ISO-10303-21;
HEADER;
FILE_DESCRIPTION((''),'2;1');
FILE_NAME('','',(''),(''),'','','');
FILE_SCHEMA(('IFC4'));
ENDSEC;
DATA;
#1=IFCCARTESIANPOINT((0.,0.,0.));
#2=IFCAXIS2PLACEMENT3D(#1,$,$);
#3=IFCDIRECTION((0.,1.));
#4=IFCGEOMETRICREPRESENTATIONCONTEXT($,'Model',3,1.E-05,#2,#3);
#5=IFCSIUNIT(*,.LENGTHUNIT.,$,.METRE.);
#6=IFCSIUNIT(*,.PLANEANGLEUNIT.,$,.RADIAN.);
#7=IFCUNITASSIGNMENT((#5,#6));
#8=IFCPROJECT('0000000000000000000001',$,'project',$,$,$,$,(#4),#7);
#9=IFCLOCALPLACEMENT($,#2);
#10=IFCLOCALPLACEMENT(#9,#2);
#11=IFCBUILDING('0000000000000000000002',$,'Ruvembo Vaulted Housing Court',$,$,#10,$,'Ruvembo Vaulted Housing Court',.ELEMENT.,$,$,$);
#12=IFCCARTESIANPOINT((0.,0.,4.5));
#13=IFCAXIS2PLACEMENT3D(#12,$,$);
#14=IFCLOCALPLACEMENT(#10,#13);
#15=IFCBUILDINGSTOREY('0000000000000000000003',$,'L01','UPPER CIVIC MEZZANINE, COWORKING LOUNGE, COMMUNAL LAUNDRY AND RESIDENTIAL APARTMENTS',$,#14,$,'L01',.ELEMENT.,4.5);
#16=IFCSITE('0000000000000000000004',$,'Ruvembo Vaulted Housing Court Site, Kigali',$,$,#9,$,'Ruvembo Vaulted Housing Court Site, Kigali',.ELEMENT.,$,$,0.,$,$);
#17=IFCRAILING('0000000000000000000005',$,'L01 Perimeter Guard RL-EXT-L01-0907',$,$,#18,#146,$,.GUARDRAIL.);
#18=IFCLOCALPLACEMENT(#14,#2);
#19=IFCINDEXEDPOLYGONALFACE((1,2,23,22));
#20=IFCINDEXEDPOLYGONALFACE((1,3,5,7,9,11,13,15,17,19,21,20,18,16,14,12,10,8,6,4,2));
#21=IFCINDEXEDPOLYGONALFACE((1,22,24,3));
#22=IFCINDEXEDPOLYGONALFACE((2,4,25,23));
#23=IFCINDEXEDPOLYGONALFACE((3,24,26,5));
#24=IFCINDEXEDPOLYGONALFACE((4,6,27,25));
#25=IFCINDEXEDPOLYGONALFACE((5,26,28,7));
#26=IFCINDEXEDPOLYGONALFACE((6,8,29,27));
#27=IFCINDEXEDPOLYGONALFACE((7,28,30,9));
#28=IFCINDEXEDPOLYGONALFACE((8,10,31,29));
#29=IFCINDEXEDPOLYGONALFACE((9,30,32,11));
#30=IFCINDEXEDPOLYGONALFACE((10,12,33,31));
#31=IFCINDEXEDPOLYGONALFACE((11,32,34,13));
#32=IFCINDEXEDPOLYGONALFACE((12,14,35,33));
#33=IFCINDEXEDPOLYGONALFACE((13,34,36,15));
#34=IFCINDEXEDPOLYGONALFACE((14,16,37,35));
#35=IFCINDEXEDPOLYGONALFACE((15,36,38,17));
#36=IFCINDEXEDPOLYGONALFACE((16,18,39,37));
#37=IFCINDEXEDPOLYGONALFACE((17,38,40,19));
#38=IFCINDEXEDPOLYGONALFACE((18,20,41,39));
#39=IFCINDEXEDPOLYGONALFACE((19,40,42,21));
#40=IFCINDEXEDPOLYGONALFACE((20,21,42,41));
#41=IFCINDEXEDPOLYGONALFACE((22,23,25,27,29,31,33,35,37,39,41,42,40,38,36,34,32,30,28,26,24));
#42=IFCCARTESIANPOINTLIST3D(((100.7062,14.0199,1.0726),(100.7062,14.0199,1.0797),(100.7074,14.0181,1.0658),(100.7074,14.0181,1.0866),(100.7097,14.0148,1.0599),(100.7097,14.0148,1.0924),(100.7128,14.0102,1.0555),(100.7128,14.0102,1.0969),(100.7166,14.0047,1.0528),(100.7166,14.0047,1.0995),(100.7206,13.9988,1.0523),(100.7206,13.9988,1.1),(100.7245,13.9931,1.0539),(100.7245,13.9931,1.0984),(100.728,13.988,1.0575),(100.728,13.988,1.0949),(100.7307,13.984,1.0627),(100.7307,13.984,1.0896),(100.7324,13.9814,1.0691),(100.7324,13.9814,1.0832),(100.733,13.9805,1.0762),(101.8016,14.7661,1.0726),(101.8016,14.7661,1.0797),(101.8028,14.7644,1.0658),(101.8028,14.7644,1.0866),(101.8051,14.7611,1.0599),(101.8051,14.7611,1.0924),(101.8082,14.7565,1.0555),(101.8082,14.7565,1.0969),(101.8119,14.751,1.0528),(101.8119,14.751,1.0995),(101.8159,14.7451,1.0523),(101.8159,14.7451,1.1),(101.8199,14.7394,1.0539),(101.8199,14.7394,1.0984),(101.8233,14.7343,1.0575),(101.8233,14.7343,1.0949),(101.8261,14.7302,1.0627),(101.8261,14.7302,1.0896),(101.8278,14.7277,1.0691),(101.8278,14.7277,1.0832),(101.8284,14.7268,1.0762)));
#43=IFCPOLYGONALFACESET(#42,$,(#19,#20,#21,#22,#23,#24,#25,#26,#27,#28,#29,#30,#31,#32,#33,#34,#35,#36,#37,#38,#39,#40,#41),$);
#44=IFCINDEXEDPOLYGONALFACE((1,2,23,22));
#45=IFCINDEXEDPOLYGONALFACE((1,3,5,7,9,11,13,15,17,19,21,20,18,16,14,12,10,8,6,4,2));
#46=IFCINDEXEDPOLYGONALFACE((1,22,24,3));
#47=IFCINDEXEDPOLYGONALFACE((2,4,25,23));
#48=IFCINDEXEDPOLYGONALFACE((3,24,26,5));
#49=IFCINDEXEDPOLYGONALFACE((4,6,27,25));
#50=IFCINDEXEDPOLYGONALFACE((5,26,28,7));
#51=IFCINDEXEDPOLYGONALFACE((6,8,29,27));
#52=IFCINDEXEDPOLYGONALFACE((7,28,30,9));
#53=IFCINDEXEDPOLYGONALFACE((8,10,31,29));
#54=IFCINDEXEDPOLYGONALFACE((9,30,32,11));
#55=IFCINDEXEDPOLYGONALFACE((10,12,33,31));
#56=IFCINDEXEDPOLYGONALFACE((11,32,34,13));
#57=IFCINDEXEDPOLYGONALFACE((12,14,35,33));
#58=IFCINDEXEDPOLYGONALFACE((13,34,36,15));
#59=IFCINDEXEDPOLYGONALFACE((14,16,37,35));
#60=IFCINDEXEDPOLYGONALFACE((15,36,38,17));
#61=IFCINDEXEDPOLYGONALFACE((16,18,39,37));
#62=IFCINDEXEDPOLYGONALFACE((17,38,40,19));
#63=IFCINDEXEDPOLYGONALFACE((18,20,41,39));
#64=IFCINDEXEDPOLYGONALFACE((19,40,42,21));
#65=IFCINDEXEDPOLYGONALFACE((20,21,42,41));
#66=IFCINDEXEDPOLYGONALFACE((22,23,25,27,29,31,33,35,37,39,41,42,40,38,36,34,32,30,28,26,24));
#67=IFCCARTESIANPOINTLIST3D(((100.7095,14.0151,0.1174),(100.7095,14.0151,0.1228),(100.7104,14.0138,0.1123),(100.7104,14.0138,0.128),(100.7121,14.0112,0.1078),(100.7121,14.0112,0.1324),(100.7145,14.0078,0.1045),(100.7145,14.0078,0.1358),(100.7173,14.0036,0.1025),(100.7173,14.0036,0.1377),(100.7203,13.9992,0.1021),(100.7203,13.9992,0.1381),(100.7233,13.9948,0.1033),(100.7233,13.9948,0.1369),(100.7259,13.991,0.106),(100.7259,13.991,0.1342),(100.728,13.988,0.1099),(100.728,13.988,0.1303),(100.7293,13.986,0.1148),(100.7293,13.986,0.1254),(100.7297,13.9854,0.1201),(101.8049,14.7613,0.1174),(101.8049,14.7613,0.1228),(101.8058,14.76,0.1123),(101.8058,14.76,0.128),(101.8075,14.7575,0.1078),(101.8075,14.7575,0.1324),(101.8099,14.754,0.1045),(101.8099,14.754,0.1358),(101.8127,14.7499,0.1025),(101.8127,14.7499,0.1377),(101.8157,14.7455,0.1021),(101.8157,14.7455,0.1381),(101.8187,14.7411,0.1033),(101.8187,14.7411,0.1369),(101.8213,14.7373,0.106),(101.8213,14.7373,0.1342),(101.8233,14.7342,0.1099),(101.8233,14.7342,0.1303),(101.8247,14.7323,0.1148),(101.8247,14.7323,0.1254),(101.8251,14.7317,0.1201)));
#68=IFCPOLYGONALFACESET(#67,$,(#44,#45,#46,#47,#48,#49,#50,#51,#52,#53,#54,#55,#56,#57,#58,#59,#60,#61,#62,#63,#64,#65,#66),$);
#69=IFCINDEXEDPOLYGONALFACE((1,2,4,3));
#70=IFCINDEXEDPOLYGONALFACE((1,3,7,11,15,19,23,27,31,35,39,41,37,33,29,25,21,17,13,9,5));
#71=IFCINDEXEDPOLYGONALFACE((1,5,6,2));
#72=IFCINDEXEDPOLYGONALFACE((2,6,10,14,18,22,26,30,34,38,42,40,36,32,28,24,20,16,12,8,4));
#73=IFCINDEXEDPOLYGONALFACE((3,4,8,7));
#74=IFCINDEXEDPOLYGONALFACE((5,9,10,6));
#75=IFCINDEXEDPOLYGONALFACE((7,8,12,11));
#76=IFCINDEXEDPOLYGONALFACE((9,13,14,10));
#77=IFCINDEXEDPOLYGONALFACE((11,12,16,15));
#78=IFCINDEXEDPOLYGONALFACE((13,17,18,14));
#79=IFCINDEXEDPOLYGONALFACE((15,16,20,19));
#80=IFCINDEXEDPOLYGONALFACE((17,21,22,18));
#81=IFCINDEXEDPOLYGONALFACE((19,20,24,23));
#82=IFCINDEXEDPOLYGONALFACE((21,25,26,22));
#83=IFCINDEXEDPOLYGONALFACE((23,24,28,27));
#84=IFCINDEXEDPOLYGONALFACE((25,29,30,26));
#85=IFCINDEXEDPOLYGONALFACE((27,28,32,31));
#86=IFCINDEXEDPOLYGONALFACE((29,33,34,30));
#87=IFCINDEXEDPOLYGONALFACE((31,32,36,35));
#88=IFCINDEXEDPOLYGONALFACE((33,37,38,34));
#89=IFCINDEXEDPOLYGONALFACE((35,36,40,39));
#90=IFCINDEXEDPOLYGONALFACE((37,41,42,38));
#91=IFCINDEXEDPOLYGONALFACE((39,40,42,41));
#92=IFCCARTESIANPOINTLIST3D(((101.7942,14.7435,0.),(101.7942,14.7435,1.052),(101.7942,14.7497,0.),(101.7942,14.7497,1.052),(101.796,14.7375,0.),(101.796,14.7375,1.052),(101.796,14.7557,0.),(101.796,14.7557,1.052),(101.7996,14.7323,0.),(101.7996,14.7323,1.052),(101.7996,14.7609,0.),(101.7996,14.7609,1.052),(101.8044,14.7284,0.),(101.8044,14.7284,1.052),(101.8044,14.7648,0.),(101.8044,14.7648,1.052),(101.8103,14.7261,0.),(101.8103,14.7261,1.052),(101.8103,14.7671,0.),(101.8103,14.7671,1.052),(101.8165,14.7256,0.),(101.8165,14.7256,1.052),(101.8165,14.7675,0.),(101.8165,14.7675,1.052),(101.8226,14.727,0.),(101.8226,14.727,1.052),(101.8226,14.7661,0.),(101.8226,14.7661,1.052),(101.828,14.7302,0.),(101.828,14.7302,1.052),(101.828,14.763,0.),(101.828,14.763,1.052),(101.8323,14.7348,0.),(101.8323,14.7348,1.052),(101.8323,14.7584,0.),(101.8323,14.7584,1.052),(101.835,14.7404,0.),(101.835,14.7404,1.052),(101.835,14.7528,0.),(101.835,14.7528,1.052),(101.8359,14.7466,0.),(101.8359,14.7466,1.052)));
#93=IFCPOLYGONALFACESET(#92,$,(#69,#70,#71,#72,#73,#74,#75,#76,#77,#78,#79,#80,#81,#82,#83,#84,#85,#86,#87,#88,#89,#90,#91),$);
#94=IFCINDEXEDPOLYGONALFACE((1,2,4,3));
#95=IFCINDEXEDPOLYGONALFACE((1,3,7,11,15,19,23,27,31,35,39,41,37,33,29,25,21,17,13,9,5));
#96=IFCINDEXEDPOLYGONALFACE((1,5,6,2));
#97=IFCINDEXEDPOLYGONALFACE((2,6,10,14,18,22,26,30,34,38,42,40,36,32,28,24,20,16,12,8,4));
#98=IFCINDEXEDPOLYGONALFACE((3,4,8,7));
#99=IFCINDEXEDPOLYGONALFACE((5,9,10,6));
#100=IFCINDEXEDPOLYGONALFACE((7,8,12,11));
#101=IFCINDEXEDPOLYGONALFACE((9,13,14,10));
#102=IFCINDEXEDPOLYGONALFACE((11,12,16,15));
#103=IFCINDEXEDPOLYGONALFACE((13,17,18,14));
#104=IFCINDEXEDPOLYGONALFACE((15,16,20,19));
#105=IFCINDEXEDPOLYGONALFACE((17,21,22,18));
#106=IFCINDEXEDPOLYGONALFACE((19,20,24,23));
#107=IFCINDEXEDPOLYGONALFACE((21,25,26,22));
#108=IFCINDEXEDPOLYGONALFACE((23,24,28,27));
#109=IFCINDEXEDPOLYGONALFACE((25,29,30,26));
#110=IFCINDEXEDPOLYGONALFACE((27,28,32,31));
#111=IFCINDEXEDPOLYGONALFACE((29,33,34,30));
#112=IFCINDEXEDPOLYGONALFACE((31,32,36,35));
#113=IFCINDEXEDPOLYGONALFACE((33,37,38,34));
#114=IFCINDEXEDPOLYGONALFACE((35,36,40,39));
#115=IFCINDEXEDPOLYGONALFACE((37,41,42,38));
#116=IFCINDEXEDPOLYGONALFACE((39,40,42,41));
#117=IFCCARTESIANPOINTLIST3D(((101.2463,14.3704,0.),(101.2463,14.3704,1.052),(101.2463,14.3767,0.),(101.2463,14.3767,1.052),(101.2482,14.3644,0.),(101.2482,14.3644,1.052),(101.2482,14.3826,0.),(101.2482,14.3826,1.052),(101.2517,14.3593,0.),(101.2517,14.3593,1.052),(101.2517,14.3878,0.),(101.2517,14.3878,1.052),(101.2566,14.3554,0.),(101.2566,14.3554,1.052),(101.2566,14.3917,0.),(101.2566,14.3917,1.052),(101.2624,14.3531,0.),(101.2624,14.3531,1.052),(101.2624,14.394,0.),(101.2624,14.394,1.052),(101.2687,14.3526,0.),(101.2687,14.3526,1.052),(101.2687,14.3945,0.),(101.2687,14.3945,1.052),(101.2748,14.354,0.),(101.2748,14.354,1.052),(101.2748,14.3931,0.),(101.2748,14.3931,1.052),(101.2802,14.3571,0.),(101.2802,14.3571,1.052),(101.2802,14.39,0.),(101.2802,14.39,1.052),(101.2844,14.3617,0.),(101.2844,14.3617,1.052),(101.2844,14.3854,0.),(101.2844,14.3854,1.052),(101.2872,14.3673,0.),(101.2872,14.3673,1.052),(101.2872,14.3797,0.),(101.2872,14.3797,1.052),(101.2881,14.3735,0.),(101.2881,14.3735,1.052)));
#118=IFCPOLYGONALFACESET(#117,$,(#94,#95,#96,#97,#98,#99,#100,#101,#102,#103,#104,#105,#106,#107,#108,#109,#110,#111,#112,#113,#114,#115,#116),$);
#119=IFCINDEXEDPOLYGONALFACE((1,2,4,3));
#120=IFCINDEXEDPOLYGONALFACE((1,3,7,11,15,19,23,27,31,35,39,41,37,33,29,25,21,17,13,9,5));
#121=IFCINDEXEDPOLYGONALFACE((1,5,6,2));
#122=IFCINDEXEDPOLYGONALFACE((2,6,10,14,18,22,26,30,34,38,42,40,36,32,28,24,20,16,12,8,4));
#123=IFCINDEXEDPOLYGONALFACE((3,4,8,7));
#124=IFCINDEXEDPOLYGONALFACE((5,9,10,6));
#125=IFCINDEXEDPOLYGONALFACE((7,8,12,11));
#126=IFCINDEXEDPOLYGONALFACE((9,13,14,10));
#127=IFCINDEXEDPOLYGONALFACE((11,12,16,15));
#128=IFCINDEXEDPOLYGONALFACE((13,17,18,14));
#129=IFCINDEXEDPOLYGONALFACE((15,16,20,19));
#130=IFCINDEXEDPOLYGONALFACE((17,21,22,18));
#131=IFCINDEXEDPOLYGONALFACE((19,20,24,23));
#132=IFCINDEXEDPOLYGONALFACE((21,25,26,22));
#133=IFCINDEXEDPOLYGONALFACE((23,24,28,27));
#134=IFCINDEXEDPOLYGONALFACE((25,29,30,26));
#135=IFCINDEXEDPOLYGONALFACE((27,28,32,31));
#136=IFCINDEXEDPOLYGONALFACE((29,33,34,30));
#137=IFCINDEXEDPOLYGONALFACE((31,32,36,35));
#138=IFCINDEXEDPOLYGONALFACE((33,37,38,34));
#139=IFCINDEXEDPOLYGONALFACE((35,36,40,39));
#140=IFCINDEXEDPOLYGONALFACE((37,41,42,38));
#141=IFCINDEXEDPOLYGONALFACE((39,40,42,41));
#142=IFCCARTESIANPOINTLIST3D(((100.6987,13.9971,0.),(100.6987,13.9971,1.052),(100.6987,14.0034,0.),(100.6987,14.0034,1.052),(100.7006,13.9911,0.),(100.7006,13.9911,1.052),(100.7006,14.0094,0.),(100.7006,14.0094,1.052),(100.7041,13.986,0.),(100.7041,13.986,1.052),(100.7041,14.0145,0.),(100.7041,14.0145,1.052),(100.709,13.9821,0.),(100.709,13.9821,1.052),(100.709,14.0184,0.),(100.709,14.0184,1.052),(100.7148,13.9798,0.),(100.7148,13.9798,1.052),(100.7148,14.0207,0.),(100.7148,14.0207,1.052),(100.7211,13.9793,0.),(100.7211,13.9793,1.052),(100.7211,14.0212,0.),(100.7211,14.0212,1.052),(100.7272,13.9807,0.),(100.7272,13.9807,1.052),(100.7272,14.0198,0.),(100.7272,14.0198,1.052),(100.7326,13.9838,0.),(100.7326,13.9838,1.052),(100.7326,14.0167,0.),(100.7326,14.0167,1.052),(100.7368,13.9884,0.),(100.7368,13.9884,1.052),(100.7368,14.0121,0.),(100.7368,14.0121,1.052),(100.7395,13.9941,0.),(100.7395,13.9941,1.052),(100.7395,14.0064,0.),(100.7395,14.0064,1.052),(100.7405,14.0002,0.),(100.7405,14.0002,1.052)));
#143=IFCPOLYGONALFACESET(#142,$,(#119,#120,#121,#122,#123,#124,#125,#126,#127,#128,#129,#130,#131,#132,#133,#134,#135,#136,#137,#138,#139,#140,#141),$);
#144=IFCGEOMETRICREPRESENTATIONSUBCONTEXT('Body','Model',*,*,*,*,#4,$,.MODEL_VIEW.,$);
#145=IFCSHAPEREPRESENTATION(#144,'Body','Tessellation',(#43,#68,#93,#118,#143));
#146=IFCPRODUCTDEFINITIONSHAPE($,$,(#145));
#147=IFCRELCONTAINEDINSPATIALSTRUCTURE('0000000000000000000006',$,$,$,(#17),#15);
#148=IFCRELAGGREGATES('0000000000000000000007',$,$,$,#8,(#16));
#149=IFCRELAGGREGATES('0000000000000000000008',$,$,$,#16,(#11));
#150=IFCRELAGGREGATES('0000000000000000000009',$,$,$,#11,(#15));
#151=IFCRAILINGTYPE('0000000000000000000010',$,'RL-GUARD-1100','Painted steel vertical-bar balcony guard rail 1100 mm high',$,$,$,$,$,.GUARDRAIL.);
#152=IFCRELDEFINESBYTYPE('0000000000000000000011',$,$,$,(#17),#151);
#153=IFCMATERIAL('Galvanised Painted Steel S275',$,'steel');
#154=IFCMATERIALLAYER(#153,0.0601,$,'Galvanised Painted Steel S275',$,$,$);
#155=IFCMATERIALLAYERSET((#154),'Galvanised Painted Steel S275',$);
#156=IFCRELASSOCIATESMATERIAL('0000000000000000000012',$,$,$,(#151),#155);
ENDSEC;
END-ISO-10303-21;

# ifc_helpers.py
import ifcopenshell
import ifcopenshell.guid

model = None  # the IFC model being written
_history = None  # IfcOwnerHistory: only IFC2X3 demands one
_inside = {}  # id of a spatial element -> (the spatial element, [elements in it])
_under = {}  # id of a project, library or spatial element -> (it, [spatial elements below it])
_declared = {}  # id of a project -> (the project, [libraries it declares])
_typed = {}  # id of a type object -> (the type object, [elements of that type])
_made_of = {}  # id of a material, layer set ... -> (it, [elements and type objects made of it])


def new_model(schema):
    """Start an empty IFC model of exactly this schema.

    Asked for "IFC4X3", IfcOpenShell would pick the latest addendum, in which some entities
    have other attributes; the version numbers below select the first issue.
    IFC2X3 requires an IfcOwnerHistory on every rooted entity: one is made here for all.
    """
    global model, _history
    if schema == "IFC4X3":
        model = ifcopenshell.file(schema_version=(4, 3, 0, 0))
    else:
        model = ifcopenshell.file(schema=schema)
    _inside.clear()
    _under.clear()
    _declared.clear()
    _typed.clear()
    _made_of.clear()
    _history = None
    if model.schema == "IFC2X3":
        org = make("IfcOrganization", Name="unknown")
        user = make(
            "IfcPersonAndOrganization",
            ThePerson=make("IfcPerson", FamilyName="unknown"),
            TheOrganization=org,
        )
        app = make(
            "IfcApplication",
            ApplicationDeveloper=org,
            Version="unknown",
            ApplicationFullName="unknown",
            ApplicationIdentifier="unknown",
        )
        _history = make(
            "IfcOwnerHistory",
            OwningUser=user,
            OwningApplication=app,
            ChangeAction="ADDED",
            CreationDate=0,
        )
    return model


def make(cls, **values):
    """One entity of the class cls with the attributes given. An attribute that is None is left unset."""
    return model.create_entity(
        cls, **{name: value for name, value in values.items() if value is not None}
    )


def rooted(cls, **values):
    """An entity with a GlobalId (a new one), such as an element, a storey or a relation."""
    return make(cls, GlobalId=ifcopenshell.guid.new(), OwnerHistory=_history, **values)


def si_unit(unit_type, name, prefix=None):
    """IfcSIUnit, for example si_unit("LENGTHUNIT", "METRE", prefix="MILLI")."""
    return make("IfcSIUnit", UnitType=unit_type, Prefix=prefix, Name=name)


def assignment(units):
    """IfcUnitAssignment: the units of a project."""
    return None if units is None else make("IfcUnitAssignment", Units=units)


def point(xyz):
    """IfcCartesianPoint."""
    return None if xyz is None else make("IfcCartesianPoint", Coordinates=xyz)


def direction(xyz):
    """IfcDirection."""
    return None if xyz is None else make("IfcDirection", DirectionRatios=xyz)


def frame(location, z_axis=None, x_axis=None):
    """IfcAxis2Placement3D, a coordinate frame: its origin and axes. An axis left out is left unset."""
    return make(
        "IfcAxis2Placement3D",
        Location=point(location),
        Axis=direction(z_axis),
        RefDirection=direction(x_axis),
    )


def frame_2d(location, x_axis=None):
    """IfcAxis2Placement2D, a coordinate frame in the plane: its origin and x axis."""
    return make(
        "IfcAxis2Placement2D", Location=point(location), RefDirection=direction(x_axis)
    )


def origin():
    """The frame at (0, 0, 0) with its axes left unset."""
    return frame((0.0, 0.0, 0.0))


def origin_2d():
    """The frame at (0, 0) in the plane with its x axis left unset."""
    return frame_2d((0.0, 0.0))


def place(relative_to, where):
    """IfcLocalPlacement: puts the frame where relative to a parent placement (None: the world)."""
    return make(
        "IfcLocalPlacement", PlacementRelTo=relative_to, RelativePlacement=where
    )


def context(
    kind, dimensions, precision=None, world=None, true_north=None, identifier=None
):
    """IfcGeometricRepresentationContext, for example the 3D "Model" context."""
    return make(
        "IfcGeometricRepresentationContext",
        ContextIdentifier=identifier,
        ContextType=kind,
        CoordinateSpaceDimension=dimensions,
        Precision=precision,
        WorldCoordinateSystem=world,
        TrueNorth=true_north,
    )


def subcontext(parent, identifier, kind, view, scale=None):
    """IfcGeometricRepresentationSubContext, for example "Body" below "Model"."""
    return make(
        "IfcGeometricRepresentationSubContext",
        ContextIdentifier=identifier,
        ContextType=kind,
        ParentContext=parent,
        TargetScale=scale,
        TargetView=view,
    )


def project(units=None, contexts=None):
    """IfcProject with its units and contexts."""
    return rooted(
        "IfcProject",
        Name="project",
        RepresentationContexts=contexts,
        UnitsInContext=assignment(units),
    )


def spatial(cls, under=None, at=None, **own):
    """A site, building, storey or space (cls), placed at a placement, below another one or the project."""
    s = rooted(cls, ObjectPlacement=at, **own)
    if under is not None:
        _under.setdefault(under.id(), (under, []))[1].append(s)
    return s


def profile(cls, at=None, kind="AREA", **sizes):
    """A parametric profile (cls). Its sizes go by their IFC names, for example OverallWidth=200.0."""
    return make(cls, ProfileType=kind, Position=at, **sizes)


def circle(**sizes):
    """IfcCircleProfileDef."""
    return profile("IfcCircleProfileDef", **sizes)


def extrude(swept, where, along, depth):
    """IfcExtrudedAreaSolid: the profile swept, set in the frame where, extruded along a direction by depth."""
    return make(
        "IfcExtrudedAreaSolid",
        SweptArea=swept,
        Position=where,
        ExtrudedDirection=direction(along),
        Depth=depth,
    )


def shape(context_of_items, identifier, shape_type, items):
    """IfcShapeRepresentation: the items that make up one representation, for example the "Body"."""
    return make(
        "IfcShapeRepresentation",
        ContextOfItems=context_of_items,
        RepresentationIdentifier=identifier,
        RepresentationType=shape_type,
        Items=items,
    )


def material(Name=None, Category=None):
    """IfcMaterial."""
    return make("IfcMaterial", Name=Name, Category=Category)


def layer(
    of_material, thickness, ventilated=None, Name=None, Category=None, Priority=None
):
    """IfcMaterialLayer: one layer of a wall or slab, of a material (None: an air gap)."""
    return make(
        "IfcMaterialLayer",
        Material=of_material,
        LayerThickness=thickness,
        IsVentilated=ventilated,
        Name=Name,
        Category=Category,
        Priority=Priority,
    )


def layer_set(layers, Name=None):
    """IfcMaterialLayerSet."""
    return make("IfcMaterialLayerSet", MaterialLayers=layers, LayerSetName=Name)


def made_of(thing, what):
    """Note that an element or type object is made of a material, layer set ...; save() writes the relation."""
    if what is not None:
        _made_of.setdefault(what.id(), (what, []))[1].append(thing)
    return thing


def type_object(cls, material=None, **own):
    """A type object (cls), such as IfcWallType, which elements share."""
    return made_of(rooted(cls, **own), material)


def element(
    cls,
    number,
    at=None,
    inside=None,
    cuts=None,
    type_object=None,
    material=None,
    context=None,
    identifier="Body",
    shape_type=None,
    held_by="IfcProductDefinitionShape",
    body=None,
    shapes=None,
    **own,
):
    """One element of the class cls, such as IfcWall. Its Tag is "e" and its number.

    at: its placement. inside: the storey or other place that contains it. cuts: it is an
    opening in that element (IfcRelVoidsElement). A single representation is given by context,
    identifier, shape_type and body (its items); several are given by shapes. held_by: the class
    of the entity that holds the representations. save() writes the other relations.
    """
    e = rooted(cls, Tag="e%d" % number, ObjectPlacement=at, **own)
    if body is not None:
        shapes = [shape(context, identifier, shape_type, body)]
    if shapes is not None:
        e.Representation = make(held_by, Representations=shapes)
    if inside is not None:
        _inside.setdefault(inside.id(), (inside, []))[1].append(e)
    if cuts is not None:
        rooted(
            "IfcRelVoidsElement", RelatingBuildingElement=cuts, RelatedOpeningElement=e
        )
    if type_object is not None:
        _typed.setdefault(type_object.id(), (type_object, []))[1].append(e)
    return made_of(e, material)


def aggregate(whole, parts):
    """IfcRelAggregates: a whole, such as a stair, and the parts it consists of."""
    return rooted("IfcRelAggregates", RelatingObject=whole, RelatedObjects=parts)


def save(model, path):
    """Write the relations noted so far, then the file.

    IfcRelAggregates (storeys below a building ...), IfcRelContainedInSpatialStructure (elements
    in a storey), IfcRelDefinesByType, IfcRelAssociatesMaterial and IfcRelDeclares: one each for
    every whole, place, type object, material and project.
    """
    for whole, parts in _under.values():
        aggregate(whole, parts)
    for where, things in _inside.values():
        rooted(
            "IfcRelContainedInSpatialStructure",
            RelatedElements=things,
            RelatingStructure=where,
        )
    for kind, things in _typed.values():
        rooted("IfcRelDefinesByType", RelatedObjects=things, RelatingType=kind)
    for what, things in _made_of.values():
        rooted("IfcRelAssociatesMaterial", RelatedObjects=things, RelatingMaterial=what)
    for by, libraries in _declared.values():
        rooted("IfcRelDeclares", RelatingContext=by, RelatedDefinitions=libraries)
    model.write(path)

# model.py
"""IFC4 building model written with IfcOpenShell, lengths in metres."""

from ifc_helpers import new_model, si_unit, direction, frame, origin, origin_2d, place, context, subcontext, project, spatial, circle, extrude, material, layer, layer_set, type_object, element, save


model = new_model("IFC4")

# Units and contexts
model_context = context("Model", 3, precision=1e-05, world=origin(), true_north=direction((0.0, 1.0)))
body_context = subcontext(model_context, "Body", "Model", "MODEL_VIEW")
ifc_project = project(units=[si_unit("LENGTHUNIT", "METRE"), si_unit("PLANEANGLEUNIT", "RADIAN")], contexts=[model_context])

# Site, building, storey
site_placement = place(None, origin())
site = spatial("IfcSite", under=ifc_project, at=site_placement, Name="Ruvembo Vaulted Housing Court Site, Kigali", LongName="Ruvembo Vaulted Housing Court Site, Kigali", CompositionType="ELEMENT", RefElevation=0.0)
building_placement = place(site_placement, origin())
building = spatial("IfcBuilding", under=site, at=building_placement, Name="Ruvembo Vaulted Housing Court", LongName="Ruvembo Vaulted Housing Court", CompositionType="ELEMENT")
storey_placement = place(building_placement, frame((0.0, 0.0, 4.5)))
storey = spatial("IfcBuildingStorey", under=building, at=storey_placement, Name="L01", Description="UPPER CIVIC MEZZANINE, COWORKING LOUNGE, COMMUNAL LAUNDRY AND RESIDENTIAL APARTMENTS", LongName="L01", CompositionType="ELEMENT", Elevation=4.5)

# Railing
ifc_material_1 = material(Name="Galvanised Painted Steel S275", Category="steel")
ifc_layer_1 = layer(ifc_material_1, 0.0601, Name="Galvanised Painted Steel S275")
ifc_layer_set_1 = layer_set([ifc_layer_1], Name="Galvanised Painted Steel S275")
railing_type_1 = type_object("IfcRailingType", Name="RL-GUARD-1100", Description="Painted steel vertical-bar balcony guard rail 1100 mm high", PredefinedType="GUARDRAIL", material=ifc_layer_set_1)
railing_1_placement = place(storey_placement, frame((101.8149, 14.7466, 0.0)))
element("IfcRailing", 1, at=railing_1_placement, inside=storey, type_object=railing_type_1, Name="L01 Perimeter Guard RL-EXT-L01-0907", PredefinedType="GUARDRAIL", context=body_context, shape_type="SweptSolid", body=[
    extrude(circle(Radius=0.0239, at=origin_2d()), frame((0.0, 0.0, 1.0762), z_axis=(-0.826426, -0.563045, 0.0), x_axis=(0.563045, -0.826426, 0.0)), (0.0, 0.0, 1.0), 1.3254),
    extrude(circle(Radius=0.0181, at=origin_2d()), frame((0.0, 0.0, 0.1201), z_axis=(-0.826426, -0.563045, 0.0), x_axis=(0.563045, -0.826426, 0.0)), (0.0, 0.0, 1.0), 1.3254),
    extrude(circle(Radius=0.021, at=origin_2d()), origin(), (0.0, 0.0, 1.0), 1.052),
    extrude(circle(Radius=0.021, at=origin_2d()), frame((-0.5479, -0.373, 0.0)), (0.0, 0.0, 1.0), 1.052),
    extrude(circle(Radius=0.021, at=origin_2d()), frame((-1.0955, -0.7463, 0.0)), (0.0, 0.0, 1.0), 1.052),
])

save(model, "model.ifc")
